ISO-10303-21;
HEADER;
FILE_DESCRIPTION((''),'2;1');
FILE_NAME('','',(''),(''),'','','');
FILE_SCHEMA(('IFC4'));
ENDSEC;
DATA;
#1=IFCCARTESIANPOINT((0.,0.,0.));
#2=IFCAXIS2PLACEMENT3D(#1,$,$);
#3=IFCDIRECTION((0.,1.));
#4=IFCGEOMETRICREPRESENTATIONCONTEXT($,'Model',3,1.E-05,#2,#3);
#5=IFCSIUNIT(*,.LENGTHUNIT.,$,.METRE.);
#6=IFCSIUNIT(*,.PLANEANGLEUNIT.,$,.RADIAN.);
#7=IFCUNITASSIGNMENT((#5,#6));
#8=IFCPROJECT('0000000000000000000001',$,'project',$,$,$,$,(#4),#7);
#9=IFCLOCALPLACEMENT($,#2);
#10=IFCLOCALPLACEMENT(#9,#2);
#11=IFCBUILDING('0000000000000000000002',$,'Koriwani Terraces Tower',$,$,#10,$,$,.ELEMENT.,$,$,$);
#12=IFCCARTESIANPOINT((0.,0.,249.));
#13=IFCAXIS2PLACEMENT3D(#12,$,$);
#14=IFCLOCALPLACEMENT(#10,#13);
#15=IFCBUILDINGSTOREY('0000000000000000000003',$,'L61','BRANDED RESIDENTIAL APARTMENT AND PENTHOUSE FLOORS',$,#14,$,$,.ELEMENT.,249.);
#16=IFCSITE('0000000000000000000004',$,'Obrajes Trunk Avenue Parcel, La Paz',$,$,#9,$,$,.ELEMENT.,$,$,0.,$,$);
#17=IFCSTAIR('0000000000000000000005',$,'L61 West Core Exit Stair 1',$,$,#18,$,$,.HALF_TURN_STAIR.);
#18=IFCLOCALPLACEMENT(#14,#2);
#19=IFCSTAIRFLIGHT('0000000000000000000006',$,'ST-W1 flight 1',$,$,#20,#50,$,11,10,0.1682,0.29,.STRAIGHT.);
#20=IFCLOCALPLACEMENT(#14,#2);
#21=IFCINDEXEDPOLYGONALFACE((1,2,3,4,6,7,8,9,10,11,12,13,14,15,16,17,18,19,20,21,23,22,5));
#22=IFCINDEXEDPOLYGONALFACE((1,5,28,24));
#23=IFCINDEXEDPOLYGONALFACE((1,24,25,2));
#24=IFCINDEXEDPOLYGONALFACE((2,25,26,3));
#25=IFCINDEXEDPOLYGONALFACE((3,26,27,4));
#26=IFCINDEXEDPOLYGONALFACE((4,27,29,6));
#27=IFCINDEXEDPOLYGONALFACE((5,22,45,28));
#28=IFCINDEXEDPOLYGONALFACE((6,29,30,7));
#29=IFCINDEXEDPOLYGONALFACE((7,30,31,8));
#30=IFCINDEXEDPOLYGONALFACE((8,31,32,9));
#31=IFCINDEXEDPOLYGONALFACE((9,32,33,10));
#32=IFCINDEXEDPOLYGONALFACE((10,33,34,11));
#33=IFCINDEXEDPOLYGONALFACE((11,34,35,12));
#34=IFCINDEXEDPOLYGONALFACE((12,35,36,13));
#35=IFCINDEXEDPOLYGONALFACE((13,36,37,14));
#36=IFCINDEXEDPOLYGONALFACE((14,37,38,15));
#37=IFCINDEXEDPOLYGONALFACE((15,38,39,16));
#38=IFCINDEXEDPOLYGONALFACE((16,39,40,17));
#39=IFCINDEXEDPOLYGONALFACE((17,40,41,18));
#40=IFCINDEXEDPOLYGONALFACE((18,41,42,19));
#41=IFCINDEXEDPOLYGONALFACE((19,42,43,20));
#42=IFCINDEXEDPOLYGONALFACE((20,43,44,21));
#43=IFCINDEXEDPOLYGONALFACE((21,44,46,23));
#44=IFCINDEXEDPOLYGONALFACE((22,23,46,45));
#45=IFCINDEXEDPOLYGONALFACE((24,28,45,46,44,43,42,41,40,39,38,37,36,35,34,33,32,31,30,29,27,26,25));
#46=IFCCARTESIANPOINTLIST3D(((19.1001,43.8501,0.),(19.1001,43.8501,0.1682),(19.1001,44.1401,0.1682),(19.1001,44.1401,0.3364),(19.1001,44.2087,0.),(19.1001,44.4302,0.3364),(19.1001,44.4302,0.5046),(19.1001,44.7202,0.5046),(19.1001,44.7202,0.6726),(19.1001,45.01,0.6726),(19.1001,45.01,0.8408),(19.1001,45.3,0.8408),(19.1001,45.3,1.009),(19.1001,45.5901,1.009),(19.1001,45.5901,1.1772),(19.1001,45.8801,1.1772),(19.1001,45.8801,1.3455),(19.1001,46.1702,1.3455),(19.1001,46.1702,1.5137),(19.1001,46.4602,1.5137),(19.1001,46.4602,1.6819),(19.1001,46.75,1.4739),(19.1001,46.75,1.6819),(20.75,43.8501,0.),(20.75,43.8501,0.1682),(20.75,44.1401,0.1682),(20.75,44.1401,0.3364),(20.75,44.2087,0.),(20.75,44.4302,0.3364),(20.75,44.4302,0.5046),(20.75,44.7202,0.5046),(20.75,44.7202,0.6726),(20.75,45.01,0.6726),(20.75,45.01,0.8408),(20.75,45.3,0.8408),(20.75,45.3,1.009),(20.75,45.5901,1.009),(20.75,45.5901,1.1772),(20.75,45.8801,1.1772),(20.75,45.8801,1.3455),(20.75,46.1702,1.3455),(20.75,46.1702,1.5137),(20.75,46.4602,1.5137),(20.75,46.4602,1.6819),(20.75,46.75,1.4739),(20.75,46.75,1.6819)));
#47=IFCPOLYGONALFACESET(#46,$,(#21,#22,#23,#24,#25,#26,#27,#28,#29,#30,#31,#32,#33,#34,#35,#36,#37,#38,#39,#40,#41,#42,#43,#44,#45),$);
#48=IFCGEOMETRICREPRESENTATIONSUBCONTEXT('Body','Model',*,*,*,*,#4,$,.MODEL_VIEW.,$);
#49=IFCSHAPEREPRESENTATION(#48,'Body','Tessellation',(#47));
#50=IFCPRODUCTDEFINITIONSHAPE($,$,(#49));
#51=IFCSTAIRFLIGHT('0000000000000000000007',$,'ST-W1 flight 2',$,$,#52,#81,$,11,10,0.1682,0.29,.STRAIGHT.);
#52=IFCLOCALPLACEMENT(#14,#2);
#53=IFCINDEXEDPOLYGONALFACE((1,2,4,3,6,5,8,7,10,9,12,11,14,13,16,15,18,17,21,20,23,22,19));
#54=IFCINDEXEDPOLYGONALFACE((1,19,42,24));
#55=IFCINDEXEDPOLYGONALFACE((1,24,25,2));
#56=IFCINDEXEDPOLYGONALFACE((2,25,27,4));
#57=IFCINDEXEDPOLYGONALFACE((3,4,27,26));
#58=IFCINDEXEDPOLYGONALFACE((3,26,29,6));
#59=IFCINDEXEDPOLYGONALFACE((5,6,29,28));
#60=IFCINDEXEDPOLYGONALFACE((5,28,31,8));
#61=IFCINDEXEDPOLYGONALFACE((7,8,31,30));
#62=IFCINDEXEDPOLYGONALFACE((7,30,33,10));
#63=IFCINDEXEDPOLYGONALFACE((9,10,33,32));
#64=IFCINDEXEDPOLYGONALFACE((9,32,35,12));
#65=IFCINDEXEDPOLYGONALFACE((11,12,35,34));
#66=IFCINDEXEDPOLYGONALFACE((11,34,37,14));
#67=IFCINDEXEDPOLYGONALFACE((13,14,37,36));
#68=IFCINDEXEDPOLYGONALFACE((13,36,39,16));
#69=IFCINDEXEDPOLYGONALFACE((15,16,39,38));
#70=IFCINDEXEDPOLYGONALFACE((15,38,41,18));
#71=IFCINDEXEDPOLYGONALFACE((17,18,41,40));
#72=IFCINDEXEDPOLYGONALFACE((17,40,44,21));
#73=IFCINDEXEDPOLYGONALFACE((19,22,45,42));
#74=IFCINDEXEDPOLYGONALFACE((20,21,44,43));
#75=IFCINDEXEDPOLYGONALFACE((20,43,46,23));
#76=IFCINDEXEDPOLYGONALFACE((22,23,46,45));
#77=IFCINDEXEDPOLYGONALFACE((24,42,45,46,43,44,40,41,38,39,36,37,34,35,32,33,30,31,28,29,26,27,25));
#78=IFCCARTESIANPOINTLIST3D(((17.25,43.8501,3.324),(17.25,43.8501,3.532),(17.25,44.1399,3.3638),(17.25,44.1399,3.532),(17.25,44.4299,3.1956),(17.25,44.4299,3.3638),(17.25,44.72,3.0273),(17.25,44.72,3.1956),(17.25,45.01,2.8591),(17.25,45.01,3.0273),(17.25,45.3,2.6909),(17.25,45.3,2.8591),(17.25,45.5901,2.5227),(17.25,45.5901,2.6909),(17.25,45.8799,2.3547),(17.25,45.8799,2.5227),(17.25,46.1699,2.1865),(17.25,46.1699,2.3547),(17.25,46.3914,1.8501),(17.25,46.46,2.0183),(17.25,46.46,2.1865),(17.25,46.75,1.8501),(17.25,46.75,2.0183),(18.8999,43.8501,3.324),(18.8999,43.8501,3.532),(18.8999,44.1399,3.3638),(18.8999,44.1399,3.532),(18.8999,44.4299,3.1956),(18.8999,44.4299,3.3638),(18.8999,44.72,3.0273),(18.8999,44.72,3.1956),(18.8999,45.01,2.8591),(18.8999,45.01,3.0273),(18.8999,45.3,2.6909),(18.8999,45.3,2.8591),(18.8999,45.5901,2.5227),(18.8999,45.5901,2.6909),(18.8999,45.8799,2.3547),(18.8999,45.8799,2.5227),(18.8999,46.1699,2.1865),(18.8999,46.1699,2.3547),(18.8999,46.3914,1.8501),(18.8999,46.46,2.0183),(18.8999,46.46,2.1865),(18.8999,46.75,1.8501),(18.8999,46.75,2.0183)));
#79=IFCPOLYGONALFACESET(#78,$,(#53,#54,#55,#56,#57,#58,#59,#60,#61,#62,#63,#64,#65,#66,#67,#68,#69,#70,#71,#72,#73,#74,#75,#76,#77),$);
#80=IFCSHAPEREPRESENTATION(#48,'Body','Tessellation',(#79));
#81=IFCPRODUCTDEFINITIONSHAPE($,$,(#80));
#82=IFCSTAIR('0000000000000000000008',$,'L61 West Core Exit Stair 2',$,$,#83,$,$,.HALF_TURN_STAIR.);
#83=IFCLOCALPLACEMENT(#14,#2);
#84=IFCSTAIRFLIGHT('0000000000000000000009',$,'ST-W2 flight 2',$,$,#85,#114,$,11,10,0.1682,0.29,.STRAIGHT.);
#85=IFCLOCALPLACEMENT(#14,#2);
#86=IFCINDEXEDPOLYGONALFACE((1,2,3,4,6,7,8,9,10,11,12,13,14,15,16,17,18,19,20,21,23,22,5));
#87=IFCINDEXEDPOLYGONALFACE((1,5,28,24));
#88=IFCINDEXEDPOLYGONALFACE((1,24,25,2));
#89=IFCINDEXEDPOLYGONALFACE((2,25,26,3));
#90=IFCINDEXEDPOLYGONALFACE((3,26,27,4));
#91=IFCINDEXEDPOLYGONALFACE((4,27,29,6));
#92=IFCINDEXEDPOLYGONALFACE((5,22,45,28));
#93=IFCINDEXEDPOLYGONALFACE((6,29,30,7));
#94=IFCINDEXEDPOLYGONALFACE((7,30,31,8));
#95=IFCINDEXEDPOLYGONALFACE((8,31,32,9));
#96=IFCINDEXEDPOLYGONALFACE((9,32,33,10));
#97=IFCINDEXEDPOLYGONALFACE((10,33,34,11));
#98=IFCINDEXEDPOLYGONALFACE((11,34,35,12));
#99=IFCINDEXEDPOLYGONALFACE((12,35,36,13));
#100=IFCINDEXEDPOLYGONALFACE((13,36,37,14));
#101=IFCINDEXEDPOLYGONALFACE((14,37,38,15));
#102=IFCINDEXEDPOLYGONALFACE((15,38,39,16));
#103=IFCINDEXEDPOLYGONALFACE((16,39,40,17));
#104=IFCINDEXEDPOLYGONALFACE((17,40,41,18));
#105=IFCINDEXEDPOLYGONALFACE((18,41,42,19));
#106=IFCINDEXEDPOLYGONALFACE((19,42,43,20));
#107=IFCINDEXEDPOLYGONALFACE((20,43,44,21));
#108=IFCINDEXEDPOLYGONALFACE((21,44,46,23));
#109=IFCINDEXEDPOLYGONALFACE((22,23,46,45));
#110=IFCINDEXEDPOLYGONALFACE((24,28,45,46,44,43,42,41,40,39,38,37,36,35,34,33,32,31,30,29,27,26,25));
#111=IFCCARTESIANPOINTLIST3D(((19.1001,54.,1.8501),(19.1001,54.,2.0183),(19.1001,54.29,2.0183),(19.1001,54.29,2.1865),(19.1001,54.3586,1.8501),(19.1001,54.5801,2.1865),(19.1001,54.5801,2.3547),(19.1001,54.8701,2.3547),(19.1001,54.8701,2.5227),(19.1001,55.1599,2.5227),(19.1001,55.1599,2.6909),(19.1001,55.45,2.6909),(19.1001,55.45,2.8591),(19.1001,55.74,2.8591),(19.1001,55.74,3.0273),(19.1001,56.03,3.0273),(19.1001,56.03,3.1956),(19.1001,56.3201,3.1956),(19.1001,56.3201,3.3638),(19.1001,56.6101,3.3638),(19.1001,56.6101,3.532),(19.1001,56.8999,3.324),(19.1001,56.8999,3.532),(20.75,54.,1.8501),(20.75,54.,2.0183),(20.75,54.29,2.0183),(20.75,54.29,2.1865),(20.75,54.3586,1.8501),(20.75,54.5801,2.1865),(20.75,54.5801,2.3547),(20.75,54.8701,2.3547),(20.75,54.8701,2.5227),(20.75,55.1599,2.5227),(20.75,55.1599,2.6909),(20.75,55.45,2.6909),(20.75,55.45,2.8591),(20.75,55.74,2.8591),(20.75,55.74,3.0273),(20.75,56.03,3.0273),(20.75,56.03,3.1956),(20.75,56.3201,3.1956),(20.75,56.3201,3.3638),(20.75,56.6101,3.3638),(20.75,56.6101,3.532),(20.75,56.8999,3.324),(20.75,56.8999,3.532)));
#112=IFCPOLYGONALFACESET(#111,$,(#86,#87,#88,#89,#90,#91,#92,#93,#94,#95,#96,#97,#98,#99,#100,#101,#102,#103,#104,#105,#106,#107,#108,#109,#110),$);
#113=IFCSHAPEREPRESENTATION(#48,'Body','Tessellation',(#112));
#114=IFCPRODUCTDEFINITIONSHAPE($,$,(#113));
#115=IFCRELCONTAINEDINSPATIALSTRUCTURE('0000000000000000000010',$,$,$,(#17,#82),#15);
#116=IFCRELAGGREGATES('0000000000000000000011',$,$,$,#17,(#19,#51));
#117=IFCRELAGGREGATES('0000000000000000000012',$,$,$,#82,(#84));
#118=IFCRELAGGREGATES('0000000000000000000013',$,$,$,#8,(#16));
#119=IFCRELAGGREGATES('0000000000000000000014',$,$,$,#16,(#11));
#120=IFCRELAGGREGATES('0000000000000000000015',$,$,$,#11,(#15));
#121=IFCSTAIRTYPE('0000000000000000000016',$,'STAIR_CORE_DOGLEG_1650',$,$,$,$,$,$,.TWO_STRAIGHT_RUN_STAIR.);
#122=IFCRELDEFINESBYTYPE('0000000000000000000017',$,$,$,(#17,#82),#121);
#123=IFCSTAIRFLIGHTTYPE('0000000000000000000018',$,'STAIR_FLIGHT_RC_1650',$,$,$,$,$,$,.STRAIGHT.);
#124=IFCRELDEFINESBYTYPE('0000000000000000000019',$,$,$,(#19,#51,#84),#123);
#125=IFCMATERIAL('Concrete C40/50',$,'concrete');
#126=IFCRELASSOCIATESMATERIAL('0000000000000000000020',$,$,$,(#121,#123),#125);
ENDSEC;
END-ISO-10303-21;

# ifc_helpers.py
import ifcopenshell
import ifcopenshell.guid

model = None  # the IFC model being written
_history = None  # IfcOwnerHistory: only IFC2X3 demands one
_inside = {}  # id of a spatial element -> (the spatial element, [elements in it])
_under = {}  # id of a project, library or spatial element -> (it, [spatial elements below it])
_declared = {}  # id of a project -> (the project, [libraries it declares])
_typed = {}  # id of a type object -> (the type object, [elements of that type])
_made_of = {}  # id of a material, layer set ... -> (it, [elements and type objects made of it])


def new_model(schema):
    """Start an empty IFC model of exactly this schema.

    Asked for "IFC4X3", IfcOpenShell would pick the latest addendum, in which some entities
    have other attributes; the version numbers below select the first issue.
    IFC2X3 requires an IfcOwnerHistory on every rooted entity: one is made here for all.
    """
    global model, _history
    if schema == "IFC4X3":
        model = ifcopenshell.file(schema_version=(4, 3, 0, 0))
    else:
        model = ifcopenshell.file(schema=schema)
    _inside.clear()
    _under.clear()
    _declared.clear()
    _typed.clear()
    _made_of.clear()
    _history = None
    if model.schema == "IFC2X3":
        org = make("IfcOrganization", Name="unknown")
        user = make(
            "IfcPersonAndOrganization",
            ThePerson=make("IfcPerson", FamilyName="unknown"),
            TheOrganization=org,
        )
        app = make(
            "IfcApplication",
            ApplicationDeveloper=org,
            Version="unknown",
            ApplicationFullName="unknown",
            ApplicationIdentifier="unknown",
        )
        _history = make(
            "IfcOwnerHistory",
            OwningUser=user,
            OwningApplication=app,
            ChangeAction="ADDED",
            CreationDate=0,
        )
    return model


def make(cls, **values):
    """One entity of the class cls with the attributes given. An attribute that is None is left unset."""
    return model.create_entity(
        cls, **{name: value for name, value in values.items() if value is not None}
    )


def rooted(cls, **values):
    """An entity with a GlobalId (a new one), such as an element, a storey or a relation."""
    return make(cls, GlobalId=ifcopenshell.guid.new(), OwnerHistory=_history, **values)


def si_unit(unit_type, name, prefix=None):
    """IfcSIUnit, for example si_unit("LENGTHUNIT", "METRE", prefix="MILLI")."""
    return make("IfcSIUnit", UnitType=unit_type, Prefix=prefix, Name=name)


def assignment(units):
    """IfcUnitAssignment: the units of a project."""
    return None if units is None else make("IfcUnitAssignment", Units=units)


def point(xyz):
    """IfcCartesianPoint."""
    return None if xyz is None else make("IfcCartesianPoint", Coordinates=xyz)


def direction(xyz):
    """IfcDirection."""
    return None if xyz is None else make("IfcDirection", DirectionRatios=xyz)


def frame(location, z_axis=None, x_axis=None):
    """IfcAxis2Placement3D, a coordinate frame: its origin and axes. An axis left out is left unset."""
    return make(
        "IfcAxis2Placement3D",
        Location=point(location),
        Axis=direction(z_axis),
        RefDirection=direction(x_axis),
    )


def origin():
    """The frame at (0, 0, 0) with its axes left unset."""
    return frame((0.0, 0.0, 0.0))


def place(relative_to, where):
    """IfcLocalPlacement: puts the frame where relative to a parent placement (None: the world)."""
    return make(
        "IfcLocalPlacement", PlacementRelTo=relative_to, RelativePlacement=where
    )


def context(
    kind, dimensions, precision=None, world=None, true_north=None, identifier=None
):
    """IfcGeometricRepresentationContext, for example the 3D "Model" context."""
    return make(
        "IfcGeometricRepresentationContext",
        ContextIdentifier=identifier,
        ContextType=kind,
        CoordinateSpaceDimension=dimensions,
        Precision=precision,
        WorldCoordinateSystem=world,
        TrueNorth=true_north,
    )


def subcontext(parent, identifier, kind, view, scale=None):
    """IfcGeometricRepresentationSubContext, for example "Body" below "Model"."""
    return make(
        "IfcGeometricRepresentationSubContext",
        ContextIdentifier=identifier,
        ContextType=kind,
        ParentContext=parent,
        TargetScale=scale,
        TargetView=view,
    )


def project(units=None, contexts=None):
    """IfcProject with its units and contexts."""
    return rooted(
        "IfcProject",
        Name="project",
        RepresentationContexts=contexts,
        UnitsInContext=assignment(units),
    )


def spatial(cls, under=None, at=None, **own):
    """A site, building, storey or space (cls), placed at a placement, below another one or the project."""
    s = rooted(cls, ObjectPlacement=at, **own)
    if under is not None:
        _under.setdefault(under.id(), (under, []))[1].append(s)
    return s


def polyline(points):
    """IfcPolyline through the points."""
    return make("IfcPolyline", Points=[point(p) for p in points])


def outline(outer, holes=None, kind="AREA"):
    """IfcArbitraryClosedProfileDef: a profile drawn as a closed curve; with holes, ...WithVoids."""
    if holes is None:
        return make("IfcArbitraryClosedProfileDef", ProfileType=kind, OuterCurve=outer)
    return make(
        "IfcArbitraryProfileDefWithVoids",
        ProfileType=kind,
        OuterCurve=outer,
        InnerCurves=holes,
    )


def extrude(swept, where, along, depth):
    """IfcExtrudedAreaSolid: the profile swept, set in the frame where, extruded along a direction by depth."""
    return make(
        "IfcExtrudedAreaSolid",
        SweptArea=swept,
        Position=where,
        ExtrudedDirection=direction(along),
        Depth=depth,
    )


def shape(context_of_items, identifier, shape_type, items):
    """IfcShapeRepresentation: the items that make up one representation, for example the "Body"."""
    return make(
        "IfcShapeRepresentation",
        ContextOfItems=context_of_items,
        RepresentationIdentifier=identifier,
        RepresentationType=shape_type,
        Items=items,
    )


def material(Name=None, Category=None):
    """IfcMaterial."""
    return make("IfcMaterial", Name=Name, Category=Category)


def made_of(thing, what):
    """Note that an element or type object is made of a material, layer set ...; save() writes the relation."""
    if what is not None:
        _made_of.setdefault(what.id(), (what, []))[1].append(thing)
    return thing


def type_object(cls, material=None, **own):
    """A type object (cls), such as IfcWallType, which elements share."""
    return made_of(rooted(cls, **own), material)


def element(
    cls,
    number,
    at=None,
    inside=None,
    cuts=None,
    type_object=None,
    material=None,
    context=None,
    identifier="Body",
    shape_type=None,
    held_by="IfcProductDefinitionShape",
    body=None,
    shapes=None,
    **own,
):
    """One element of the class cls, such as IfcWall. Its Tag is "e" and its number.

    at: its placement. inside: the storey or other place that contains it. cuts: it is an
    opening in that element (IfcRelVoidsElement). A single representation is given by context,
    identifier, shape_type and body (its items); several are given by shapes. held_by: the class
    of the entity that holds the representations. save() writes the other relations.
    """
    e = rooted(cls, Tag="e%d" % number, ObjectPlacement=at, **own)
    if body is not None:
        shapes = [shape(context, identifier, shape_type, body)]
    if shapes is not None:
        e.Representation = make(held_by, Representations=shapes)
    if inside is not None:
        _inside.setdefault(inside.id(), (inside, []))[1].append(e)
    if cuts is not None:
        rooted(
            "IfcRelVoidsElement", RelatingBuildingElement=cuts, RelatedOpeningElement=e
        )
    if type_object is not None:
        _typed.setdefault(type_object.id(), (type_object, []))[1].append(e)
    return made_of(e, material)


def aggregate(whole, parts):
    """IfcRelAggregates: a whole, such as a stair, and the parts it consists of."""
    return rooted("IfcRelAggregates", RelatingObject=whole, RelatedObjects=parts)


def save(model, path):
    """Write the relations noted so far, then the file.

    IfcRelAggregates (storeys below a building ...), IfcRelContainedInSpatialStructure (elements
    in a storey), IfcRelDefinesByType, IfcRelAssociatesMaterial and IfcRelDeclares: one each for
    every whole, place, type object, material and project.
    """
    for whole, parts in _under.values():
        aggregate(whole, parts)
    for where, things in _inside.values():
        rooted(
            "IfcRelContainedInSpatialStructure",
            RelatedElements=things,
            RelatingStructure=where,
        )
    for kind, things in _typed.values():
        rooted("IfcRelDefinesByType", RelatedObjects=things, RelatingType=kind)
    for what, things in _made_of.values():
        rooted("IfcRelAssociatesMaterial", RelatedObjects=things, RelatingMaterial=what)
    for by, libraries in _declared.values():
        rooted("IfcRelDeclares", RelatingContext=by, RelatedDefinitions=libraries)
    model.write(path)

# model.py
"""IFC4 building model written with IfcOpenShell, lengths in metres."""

from ifc_helpers import new_model, si_unit, direction, frame, origin, place, context, subcontext, project, spatial, polyline, outline, extrude, material, type_object, element, aggregate, save


model = new_model("IFC4")

# Units and contexts
model_context = context("Model", 3, precision=1e-05, world=origin(), true_north=direction((0.0, 1.0)))
body_context = subcontext(model_context, "Body", "Model", "MODEL_VIEW")
ifc_project = project(units=[si_unit("LENGTHUNIT", "METRE"), si_unit("PLANEANGLEUNIT", "RADIAN")], contexts=[model_context])

# Site, building, storey
site_placement = place(None, origin())
site = spatial("IfcSite", under=ifc_project, at=site_placement, Name="Obrajes Trunk Avenue Parcel, La Paz", CompositionType="ELEMENT", RefElevation=0.0)
building_placement = place(site_placement, origin())
building = spatial("IfcBuilding", under=site, at=building_placement, Name="Koriwani Terraces Tower", CompositionType="ELEMENT")
storey_placement = place(building_placement, frame((0.0, 0.0, 249.0)))
storey = spatial("IfcBuildingStorey", under=building, at=storey_placement, Name="L61", Description="BRANDED RESIDENTIAL APARTMENT AND PENTHOUSE FLOORS", CompositionType="ELEMENT", Elevation=249.0)

# Shared definitions
ifc_material_1 = material(Name="Concrete C40/50", Category="concrete")

# Stair, stair flights
stair_type = type_object("IfcStairType", Name="STAIR_CORE_DOGLEG_1650", PredefinedType="TWO_STRAIGHT_RUN_STAIR", material=ifc_material_1)
stair_1_placement = place(storey_placement, origin())
stair_1 = element("IfcStair", 1, at=stair_1_placement, inside=storey, type_object=stair_type, Name="L61 West Core Exit Stair 1", PredefinedType="HALF_TURN_STAIR")
stair_flight_type = type_object("IfcStairFlightType", Name="STAIR_FLIGHT_RC_1650", PredefinedType="STRAIGHT", material=ifc_material_1)
stair_flight_1_placement = place(storey_placement, frame((19.925, 43.8501, 0.0), z_axis=(0.0, 0.0, 1.0), x_axis=(0.0, 1.0, 0.0)))
stair_flight_1 = element("IfcStairFlight", 2, at=stair_flight_1_placement, type_object=stair_flight_type, Name="ST-W1 flight 1", NumberOfRisers=11, NumberOfTreads=10, PredefinedType="STRAIGHT", RiserHeight=0.1682, TreadLength=0.29, context=body_context, shape_type="SweptSolid", body=[
    extrude(outline(polyline([(0.0, 0.0), (0.0, 0.1682), (0.29, 0.1682), (0.29, 0.3364), (0.5801, 0.3364), (0.5801, 0.5046), (0.8701, 0.5046), (0.8701, 0.6726), (1.1599, 0.6726), (1.1599, 0.8408), (1.45, 0.8408), (1.45, 1.009), (1.74, 1.009), (1.74, 1.1772), (2.03, 1.1772), (2.03, 1.3455), (2.3201, 1.3455), (2.3201, 1.5137), (2.6101, 1.5137), (2.6101, 1.6819), (2.8999, 1.6819), (2.8999, 1.8501), (2.8999, 1.4739), (0.3586, 0.0), (0.0, 0.0)])), frame((0.0, 0.825, 0.0), z_axis=(0.0, -1.0, 0.0), x_axis=(1.0, 0.0, 0.0)), (0.0, 0.0, 1.0), 1.6499),
])
stair_flight_2_placement = place(storey_placement, frame((18.075, 46.75, 1.8501), z_axis=(0.0, 0.0, 1.0), x_axis=(0.0, -1.0, 0.0)))
stair_flight_2 = element("IfcStairFlight", 3, at=stair_flight_2_placement, type_object=stair_flight_type, Name="ST-W1 flight 2", NumberOfRisers=11, NumberOfTreads=10, PredefinedType="STRAIGHT", RiserHeight=0.1682, TreadLength=0.29, context=body_context, shape_type="SweptSolid", body=[
    extrude(outline(polyline([(0.0, 0.0), (0.0, 0.1682), (0.29, 0.1682), (0.29, 0.3364), (0.5801, 0.3364), (0.5801, 0.5046), (0.8701, 0.5046), (0.8701, 0.6726), (1.1599, 0.6726), (1.1599, 0.8408), (1.45, 0.8408), (1.45, 1.009), (1.74, 1.009), (1.74, 1.1772), (2.03, 1.1772), (2.03, 1.3455), (2.3201, 1.3455), (2.3201, 1.5137), (2.6101, 1.5137), (2.6101, 1.6819), (2.8999, 1.6819), (2.8999, 1.8501), (2.8999, 1.4739), (0.3586, 0.0), (0.0, 0.0)])), frame((0.0, 0.825, 0.0), z_axis=(0.0, -1.0, 0.0), x_axis=(1.0, 0.0, 0.0)), (0.0, 0.0, 1.0), 1.6499),
])
aggregate(stair_1, [stair_flight_1, stair_flight_2])

# Stair, stair flight
stair_2_placement = place(storey_placement, origin())
stair_2 = element("IfcStair", 4, at=stair_2_placement, inside=storey, type_object=stair_type, Name="L61 West Core Exit Stair 2", PredefinedType="HALF_TURN_STAIR")
stair_flight_3_placement = place(storey_placement, frame((19.925, 54.0, 1.8501), z_axis=(0.0, 0.0, 1.0), x_axis=(0.0, 1.0, 0.0)))
stair_flight_3 = element("IfcStairFlight", 5, at=stair_flight_3_placement, type_object=stair_flight_type, Name="ST-W2 flight 2", NumberOfRisers=11, NumberOfTreads=10, PredefinedType="STRAIGHT", RiserHeight=0.1682, TreadLength=0.29, context=body_context, shape_type="SweptSolid", body=[
    extrude(outline(polyline([(0.0, 0.0), (0.0, 0.1682), (0.29, 0.1682), (0.29, 0.3364), (0.5801, 0.3364), (0.5801, 0.5046), (0.8701, 0.5046), (0.8701, 0.6726), (1.1599, 0.6726), (1.1599, 0.8408), (1.45, 0.8408), (1.45, 1.009), (1.74, 1.009), (1.74, 1.1772), (2.03, 1.1772), (2.03, 1.3455), (2.3201, 1.3455), (2.3201, 1.5137), (2.6101, 1.5137), (2.6101, 1.6819), (2.8999, 1.6819), (2.8999, 1.8501), (2.8999, 1.4739), (0.3586, 0.0), (0.0, 0.0)])), frame((0.0, 0.825, 0.0), z_axis=(0.0, -1.0, 0.0), x_axis=(1.0, 0.0, 0.0)), (0.0, 0.0, 1.0), 1.6499),
])
aggregate(stair_2, [stair_flight_3])

save(model, "model.ifc")
